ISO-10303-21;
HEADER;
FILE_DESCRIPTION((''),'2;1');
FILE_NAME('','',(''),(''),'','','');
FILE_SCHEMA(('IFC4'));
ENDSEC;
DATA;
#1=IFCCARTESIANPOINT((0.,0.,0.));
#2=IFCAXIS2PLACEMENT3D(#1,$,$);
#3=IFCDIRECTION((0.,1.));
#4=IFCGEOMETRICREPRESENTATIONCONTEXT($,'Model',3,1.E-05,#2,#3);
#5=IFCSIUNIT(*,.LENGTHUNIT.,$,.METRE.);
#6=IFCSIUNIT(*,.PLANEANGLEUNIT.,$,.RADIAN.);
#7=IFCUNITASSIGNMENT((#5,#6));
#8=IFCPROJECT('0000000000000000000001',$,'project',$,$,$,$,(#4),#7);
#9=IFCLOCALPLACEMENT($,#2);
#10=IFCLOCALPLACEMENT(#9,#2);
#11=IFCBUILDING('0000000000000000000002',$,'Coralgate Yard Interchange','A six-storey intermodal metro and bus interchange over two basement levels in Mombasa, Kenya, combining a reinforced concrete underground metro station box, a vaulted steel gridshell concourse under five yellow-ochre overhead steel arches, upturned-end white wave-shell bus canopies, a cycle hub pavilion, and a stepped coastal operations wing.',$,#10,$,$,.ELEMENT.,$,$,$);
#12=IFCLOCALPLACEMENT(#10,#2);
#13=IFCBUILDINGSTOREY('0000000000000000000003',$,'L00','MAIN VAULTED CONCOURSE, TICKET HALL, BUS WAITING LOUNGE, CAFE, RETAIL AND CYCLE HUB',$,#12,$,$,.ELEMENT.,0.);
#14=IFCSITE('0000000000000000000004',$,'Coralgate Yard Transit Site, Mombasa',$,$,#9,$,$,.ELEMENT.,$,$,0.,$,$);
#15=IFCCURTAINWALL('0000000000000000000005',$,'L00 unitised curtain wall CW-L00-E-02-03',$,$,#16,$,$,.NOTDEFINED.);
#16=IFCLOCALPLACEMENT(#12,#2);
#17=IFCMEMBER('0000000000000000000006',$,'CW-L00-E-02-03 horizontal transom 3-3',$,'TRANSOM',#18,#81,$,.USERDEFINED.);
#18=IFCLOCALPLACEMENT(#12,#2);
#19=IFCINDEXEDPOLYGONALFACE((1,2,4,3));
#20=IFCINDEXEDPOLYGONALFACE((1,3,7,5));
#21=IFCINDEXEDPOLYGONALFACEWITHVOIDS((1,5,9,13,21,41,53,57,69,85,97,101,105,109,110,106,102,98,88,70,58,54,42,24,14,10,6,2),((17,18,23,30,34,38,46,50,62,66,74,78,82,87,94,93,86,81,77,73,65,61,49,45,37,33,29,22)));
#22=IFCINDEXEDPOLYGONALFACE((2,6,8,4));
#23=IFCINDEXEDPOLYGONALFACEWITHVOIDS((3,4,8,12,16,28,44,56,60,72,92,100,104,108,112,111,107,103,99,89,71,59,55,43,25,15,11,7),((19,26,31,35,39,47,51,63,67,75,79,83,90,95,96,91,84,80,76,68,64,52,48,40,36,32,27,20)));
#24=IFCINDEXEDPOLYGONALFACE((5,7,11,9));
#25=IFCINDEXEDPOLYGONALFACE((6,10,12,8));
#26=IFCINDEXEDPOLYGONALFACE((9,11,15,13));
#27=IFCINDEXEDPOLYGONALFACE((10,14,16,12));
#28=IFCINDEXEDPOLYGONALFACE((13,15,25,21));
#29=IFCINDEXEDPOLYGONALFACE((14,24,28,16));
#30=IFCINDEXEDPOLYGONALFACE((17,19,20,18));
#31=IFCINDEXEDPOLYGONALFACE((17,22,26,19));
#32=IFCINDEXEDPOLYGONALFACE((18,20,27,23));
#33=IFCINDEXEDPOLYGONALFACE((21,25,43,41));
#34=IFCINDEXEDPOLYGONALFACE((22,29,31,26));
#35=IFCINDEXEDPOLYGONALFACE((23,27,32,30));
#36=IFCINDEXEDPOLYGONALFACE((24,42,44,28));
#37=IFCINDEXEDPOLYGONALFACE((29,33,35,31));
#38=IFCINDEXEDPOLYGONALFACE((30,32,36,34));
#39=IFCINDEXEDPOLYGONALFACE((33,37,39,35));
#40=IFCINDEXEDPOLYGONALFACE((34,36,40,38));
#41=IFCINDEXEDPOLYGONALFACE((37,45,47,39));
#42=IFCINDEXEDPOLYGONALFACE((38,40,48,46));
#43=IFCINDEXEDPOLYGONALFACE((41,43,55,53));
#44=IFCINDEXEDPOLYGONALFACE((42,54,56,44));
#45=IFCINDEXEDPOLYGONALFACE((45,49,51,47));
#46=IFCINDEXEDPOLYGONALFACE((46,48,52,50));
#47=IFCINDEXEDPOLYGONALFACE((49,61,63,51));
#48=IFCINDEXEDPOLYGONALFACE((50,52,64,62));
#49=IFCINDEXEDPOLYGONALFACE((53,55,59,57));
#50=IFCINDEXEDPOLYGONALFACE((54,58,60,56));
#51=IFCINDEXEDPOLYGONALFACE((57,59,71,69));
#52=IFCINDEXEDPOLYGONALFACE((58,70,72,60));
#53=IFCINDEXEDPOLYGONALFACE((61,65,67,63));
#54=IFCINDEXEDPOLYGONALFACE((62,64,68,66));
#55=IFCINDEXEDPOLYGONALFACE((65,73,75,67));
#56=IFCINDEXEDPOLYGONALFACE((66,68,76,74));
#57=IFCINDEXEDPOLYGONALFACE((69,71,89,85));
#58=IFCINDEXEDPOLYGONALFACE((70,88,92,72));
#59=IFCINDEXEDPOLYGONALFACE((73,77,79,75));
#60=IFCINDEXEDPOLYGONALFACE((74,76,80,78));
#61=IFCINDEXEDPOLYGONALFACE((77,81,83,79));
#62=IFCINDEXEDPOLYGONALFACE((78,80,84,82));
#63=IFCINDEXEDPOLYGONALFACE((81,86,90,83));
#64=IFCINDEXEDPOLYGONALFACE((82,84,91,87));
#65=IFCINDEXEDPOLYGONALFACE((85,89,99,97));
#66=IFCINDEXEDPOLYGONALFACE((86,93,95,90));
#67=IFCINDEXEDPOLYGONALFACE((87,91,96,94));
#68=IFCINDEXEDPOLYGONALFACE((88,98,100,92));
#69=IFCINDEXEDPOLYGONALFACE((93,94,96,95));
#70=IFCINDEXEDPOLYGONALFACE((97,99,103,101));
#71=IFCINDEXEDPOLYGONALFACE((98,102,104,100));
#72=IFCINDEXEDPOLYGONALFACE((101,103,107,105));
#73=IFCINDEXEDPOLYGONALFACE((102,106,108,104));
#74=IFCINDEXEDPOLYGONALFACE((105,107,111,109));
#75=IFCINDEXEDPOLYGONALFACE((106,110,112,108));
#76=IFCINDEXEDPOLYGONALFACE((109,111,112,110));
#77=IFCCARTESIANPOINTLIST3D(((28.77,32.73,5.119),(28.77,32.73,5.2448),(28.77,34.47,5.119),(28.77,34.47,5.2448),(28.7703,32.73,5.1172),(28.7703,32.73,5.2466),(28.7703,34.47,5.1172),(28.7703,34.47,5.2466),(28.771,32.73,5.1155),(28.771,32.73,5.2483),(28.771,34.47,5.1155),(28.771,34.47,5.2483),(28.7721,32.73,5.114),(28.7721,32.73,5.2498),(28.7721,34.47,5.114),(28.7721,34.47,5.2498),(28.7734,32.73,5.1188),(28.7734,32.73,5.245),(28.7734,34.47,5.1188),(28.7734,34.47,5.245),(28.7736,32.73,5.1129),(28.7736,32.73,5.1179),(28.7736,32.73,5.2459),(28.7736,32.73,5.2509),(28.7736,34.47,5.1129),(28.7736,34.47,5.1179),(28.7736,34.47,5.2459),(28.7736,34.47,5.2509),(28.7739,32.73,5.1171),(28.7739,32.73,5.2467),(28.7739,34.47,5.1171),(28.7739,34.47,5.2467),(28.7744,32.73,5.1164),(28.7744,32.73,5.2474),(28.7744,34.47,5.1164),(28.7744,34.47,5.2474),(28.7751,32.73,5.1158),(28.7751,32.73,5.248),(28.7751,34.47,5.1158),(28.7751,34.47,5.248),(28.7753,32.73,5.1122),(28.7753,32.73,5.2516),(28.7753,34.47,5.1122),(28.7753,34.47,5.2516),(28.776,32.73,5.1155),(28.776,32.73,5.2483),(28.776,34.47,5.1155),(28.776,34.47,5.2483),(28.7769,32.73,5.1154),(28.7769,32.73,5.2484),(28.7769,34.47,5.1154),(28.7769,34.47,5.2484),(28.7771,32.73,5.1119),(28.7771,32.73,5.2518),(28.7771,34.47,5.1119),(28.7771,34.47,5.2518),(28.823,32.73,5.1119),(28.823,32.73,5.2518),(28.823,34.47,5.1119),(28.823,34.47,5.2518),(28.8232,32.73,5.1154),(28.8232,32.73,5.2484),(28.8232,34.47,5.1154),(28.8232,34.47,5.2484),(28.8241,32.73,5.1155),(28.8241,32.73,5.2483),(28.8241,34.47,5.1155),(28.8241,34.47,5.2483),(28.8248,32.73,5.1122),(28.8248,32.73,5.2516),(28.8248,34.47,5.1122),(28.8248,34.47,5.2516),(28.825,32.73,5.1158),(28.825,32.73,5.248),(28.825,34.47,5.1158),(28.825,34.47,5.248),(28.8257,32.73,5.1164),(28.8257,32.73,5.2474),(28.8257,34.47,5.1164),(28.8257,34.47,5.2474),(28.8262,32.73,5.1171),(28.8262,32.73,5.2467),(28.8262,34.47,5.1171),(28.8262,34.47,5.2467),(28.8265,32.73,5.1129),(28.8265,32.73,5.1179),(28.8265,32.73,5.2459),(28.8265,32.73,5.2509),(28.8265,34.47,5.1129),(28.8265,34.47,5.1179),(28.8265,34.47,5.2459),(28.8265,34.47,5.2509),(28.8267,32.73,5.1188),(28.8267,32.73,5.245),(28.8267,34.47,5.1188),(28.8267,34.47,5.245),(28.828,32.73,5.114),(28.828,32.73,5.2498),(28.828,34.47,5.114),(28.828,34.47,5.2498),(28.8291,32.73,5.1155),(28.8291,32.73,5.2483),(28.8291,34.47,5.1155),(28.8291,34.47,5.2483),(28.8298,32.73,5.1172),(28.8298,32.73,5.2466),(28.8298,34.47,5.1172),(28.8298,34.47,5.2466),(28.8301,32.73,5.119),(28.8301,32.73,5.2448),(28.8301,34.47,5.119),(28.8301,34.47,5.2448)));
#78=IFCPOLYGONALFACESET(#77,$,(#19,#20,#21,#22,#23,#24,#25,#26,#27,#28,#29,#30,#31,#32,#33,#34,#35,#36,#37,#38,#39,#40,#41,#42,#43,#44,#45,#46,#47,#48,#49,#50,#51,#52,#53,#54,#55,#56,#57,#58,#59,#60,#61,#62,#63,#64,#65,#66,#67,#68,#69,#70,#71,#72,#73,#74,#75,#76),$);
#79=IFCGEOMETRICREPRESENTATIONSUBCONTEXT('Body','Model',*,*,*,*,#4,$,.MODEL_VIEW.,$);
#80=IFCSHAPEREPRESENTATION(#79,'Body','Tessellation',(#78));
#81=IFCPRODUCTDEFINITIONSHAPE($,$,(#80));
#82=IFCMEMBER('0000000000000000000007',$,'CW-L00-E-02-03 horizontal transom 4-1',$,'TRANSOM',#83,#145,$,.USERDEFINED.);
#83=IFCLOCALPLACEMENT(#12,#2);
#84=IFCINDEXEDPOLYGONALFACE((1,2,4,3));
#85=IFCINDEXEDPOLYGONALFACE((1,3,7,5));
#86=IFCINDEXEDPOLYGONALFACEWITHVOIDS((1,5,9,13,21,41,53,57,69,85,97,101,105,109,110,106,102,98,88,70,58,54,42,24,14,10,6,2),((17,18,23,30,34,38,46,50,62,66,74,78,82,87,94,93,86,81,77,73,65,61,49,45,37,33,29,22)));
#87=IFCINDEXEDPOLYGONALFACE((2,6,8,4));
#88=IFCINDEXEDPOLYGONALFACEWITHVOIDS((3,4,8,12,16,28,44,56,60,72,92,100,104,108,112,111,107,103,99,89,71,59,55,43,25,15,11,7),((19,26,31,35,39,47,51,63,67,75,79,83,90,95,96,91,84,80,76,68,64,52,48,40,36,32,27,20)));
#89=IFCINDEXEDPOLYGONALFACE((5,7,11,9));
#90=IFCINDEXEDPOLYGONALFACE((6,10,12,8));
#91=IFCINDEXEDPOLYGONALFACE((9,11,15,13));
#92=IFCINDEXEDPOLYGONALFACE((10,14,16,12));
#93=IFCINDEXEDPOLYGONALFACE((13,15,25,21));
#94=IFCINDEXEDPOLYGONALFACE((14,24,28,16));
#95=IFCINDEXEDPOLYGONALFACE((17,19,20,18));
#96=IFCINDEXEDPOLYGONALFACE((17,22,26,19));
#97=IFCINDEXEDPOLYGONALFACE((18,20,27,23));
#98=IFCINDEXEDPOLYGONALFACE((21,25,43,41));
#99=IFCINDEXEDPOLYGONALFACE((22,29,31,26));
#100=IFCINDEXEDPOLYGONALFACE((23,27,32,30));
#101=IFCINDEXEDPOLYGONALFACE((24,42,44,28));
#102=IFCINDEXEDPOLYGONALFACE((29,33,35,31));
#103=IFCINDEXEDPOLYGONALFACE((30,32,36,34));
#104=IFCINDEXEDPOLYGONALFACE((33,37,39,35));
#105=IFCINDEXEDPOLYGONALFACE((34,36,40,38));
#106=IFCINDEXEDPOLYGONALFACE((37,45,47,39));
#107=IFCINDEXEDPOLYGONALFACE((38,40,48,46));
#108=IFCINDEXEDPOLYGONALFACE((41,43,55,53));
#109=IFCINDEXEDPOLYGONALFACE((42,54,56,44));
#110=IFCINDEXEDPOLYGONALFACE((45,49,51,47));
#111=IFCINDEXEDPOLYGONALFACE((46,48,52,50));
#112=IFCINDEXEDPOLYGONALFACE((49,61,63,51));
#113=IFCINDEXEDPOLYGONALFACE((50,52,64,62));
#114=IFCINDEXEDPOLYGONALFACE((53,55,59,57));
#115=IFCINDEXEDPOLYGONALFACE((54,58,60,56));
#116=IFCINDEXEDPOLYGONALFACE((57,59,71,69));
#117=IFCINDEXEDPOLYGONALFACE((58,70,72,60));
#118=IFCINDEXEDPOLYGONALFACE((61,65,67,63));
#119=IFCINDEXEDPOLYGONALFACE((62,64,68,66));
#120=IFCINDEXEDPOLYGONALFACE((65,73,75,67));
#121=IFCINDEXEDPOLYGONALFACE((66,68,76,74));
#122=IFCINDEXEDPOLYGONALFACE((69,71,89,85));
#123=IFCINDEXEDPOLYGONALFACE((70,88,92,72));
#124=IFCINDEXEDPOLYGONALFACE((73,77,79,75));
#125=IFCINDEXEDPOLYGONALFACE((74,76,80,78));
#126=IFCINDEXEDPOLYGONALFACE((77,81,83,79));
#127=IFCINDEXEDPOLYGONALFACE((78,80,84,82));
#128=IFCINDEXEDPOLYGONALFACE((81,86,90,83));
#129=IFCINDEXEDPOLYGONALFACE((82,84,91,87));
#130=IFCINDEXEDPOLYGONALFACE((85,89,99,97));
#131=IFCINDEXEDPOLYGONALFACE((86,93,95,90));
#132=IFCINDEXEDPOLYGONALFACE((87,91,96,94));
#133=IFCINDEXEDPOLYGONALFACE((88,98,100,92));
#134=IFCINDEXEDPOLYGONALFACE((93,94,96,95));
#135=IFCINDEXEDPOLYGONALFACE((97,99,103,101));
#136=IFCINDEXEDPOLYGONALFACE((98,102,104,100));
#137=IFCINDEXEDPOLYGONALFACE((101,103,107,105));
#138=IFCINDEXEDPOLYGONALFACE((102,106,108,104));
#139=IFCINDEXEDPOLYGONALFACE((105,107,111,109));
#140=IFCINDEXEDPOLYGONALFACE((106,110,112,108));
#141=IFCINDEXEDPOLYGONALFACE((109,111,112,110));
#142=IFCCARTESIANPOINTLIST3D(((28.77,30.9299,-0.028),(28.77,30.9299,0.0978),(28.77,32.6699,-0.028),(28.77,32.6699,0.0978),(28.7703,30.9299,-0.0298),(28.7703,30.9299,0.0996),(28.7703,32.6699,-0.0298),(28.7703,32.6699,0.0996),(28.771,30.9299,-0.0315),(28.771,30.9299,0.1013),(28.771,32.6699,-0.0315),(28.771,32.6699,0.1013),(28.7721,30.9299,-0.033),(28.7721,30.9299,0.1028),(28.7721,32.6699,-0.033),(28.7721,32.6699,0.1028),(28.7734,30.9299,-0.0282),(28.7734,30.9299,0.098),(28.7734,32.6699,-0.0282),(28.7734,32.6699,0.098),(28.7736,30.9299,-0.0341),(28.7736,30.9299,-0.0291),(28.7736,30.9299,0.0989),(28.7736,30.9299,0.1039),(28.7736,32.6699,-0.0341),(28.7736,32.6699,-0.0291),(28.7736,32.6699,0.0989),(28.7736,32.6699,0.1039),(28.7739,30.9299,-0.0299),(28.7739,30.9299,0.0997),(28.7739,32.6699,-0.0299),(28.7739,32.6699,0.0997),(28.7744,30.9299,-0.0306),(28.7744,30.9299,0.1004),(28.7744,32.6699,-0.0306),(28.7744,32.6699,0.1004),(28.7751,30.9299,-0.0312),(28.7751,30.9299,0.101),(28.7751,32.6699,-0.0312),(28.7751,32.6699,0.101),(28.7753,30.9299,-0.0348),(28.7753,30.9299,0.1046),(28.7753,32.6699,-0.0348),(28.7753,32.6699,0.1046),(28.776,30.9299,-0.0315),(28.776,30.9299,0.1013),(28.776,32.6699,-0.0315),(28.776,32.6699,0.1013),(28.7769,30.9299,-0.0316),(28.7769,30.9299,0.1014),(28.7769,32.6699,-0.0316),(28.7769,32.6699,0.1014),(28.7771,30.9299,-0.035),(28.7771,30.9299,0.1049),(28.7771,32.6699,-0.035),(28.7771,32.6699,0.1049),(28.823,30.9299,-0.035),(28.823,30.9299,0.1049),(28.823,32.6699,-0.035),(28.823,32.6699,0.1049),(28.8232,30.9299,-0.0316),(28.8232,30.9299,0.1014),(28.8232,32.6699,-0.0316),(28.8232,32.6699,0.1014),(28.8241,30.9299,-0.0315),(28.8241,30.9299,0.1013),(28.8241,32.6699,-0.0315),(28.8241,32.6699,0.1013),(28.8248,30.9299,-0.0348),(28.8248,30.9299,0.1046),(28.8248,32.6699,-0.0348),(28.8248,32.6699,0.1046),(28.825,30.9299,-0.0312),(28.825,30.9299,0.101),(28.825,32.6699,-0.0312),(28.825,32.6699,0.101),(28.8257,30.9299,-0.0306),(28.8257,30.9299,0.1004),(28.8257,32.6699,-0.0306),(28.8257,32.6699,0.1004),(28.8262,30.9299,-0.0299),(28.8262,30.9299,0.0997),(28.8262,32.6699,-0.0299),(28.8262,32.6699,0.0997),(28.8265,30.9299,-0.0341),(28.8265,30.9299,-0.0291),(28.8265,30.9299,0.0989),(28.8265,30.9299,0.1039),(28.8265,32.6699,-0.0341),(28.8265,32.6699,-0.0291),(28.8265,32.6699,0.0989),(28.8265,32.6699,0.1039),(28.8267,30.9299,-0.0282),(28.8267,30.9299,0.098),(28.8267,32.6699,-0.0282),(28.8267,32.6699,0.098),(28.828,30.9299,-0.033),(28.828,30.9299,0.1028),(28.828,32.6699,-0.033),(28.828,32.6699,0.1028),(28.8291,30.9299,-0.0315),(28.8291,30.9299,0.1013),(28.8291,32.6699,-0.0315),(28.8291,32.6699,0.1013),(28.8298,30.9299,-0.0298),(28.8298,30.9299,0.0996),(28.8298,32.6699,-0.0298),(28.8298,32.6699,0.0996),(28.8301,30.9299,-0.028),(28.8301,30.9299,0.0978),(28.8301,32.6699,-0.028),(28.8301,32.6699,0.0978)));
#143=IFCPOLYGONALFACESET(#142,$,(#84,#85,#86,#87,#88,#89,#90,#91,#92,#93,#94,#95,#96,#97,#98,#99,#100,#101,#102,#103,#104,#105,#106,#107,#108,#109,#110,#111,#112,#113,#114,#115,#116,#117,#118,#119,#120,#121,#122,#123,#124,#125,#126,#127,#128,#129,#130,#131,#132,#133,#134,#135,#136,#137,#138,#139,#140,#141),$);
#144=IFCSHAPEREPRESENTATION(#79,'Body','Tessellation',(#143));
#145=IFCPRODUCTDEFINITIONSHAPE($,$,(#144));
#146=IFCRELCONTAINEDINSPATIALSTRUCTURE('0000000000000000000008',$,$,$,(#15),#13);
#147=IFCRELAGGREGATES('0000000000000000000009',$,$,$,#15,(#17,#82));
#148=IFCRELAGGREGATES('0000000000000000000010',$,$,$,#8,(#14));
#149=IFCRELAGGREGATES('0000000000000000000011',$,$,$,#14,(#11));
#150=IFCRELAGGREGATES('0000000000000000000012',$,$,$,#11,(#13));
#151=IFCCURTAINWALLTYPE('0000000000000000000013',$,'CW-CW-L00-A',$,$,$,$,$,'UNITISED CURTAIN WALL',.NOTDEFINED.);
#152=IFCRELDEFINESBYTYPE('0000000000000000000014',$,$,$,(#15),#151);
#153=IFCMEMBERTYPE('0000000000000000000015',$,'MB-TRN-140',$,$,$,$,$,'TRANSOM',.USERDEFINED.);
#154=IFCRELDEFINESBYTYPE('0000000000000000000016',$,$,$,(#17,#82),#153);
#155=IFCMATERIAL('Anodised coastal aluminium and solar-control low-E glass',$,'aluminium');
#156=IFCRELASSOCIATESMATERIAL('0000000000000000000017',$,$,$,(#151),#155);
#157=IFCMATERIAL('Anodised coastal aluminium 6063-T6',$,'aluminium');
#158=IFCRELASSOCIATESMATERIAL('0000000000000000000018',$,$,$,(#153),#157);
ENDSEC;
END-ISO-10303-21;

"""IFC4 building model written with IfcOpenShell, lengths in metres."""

from ifc_helpers import new_model, si_unit, direction, frame, origin, origin_2d, place, context, subcontext, project, spatial, hollow_rectangle, extrude, material, material_profile, profile_set, type_object, element, aggregate, save


model = new_model("IFC4")

# Units and contexts
model_context = context("Model", 3, precision=1e-05, world=origin(), true_north=direction((0.0, 1.0)))
body_context = subcontext(model_context, "Body", "Model", "MODEL_VIEW")
ifc_project = project(units=[si_unit("LENGTHUNIT", "METRE"), si_unit("PLANEANGLEUNIT", "RADIAN")], contexts=[model_context])

# Site, building, storey
site_placement = place(None, origin())
site = spatial("IfcSite", under=ifc_project, at=site_placement, Name="Coralgate Yard Transit Site, Mombasa", CompositionType="ELEMENT", RefElevation=0.0)
building_placement = place(site_placement, origin())
building = spatial("IfcBuilding", under=site, at=building_placement, Name="Coralgate Yard Interchange", Description="A six-storey intermodal metro and bus interchange over two basement levels in Mombasa, Kenya, combining a reinforced concrete underground metro station box, a vaulted steel gridshell concourse under five yellow-ochre overhead steel arches, upturned-end white wave-shell bus canopies, a cycle hub pavilion, and a stepped coastal operations wing.", CompositionType="ELEMENT")
storey_placement = place(building_placement, origin())
storey = spatial("IfcBuildingStorey", under=building, at=storey_placement, Name="L00", Description="MAIN VAULTED CONCOURSE, TICKET HALL, BUS WAITING LOUNGE, CAFE, RETAIL AND CYCLE HUB", CompositionType="ELEMENT", Elevation=0.0)

# Curtain wall, members
ifc_material_1 = material(Name="Anodised coastal aluminium and solar-control low-E glass", Category="aluminium")
curtain_wall_type = type_object("IfcCurtainWallType", Name="CW-CW-L00-A", ElementType="UNITISED CURTAIN WALL", PredefinedType="NOTDEFINED", material=ifc_material_1)
curtain_wall_placement = place(storey_placement, origin())
curtain_wall = element("IfcCurtainWall", 1, at=curtain_wall_placement, inside=storey, type_object=curtain_wall_type, Name="L00 unitised curtain wall CW-L00-E-02-03", PredefinedType="NOTDEFINED")
ifc_material_2 = material(Name="Anodised coastal aluminium 6063-T6", Category="aluminium")
ifc_material_profile_1 = material_profile(ifc_material_2, hollow_rectangle(XDim=0.0601, YDim=0.1399, WallThickness=0.0034, InnerFilletRadius=0.0034, OuterFilletRadius=0.0071, at=origin_2d()), Name="ALU 60x140x3.5")
ifc_profile_set_1 = profile_set([ifc_material_profile_1], Name="Anodised coastal aluminium 6063-T6")
member_type_1 = type_object("IfcMemberType", Name="MB-TRN-140", ElementType="TRANSOM", PredefinedType="USERDEFINED", material=ifc_profile_set_1)
member_1_placement = place(storey_placement, frame((28.8, 34.47, 5.1819), z_axis=(0.0, -1.0, 0.0), x_axis=(1.0, 0.0, 0.0)))
member_1 = element("IfcMember", 2, at=member_1_placement, type_object=member_type_1, Name="CW-L00-E-02-03 horizontal transom 3-3", ObjectType="TRANSOM", PredefinedType="USERDEFINED", context=body_context, shape_type="SweptSolid", body=[
    extrude(hollow_rectangle(XDim=0.0601, YDim=0.1399, WallThickness=0.0034, InnerFilletRadius=0.0034, OuterFilletRadius=0.0071, at=origin_2d()), origin(), (0.0, 0.0, 1.0), 1.74),
])
member_2_placement = place(storey_placement, frame((28.8, 32.6699, 0.0349), z_axis=(0.0, -1.0, 0.0), x_axis=(1.0, 0.0, 0.0)))
member_2 = element("IfcMember", 3, at=member_2_placement, type_object=member_type_1, Name="CW-L00-E-02-03 horizontal transom 4-1", ObjectType="TRANSOM", PredefinedType="USERDEFINED", context=body_context, shape_type="SweptSolid", body=[
    extrude(hollow_rectangle(XDim=0.0601, YDim=0.1399, WallThickness=0.0034, InnerFilletRadius=0.0034, OuterFilletRadius=0.0071, at=origin_2d()), origin(), (0.0, 0.0, 1.0), 1.74),
])
aggregate(curtain_wall, [member_1, member_2])

save(model, "model.ifc")
